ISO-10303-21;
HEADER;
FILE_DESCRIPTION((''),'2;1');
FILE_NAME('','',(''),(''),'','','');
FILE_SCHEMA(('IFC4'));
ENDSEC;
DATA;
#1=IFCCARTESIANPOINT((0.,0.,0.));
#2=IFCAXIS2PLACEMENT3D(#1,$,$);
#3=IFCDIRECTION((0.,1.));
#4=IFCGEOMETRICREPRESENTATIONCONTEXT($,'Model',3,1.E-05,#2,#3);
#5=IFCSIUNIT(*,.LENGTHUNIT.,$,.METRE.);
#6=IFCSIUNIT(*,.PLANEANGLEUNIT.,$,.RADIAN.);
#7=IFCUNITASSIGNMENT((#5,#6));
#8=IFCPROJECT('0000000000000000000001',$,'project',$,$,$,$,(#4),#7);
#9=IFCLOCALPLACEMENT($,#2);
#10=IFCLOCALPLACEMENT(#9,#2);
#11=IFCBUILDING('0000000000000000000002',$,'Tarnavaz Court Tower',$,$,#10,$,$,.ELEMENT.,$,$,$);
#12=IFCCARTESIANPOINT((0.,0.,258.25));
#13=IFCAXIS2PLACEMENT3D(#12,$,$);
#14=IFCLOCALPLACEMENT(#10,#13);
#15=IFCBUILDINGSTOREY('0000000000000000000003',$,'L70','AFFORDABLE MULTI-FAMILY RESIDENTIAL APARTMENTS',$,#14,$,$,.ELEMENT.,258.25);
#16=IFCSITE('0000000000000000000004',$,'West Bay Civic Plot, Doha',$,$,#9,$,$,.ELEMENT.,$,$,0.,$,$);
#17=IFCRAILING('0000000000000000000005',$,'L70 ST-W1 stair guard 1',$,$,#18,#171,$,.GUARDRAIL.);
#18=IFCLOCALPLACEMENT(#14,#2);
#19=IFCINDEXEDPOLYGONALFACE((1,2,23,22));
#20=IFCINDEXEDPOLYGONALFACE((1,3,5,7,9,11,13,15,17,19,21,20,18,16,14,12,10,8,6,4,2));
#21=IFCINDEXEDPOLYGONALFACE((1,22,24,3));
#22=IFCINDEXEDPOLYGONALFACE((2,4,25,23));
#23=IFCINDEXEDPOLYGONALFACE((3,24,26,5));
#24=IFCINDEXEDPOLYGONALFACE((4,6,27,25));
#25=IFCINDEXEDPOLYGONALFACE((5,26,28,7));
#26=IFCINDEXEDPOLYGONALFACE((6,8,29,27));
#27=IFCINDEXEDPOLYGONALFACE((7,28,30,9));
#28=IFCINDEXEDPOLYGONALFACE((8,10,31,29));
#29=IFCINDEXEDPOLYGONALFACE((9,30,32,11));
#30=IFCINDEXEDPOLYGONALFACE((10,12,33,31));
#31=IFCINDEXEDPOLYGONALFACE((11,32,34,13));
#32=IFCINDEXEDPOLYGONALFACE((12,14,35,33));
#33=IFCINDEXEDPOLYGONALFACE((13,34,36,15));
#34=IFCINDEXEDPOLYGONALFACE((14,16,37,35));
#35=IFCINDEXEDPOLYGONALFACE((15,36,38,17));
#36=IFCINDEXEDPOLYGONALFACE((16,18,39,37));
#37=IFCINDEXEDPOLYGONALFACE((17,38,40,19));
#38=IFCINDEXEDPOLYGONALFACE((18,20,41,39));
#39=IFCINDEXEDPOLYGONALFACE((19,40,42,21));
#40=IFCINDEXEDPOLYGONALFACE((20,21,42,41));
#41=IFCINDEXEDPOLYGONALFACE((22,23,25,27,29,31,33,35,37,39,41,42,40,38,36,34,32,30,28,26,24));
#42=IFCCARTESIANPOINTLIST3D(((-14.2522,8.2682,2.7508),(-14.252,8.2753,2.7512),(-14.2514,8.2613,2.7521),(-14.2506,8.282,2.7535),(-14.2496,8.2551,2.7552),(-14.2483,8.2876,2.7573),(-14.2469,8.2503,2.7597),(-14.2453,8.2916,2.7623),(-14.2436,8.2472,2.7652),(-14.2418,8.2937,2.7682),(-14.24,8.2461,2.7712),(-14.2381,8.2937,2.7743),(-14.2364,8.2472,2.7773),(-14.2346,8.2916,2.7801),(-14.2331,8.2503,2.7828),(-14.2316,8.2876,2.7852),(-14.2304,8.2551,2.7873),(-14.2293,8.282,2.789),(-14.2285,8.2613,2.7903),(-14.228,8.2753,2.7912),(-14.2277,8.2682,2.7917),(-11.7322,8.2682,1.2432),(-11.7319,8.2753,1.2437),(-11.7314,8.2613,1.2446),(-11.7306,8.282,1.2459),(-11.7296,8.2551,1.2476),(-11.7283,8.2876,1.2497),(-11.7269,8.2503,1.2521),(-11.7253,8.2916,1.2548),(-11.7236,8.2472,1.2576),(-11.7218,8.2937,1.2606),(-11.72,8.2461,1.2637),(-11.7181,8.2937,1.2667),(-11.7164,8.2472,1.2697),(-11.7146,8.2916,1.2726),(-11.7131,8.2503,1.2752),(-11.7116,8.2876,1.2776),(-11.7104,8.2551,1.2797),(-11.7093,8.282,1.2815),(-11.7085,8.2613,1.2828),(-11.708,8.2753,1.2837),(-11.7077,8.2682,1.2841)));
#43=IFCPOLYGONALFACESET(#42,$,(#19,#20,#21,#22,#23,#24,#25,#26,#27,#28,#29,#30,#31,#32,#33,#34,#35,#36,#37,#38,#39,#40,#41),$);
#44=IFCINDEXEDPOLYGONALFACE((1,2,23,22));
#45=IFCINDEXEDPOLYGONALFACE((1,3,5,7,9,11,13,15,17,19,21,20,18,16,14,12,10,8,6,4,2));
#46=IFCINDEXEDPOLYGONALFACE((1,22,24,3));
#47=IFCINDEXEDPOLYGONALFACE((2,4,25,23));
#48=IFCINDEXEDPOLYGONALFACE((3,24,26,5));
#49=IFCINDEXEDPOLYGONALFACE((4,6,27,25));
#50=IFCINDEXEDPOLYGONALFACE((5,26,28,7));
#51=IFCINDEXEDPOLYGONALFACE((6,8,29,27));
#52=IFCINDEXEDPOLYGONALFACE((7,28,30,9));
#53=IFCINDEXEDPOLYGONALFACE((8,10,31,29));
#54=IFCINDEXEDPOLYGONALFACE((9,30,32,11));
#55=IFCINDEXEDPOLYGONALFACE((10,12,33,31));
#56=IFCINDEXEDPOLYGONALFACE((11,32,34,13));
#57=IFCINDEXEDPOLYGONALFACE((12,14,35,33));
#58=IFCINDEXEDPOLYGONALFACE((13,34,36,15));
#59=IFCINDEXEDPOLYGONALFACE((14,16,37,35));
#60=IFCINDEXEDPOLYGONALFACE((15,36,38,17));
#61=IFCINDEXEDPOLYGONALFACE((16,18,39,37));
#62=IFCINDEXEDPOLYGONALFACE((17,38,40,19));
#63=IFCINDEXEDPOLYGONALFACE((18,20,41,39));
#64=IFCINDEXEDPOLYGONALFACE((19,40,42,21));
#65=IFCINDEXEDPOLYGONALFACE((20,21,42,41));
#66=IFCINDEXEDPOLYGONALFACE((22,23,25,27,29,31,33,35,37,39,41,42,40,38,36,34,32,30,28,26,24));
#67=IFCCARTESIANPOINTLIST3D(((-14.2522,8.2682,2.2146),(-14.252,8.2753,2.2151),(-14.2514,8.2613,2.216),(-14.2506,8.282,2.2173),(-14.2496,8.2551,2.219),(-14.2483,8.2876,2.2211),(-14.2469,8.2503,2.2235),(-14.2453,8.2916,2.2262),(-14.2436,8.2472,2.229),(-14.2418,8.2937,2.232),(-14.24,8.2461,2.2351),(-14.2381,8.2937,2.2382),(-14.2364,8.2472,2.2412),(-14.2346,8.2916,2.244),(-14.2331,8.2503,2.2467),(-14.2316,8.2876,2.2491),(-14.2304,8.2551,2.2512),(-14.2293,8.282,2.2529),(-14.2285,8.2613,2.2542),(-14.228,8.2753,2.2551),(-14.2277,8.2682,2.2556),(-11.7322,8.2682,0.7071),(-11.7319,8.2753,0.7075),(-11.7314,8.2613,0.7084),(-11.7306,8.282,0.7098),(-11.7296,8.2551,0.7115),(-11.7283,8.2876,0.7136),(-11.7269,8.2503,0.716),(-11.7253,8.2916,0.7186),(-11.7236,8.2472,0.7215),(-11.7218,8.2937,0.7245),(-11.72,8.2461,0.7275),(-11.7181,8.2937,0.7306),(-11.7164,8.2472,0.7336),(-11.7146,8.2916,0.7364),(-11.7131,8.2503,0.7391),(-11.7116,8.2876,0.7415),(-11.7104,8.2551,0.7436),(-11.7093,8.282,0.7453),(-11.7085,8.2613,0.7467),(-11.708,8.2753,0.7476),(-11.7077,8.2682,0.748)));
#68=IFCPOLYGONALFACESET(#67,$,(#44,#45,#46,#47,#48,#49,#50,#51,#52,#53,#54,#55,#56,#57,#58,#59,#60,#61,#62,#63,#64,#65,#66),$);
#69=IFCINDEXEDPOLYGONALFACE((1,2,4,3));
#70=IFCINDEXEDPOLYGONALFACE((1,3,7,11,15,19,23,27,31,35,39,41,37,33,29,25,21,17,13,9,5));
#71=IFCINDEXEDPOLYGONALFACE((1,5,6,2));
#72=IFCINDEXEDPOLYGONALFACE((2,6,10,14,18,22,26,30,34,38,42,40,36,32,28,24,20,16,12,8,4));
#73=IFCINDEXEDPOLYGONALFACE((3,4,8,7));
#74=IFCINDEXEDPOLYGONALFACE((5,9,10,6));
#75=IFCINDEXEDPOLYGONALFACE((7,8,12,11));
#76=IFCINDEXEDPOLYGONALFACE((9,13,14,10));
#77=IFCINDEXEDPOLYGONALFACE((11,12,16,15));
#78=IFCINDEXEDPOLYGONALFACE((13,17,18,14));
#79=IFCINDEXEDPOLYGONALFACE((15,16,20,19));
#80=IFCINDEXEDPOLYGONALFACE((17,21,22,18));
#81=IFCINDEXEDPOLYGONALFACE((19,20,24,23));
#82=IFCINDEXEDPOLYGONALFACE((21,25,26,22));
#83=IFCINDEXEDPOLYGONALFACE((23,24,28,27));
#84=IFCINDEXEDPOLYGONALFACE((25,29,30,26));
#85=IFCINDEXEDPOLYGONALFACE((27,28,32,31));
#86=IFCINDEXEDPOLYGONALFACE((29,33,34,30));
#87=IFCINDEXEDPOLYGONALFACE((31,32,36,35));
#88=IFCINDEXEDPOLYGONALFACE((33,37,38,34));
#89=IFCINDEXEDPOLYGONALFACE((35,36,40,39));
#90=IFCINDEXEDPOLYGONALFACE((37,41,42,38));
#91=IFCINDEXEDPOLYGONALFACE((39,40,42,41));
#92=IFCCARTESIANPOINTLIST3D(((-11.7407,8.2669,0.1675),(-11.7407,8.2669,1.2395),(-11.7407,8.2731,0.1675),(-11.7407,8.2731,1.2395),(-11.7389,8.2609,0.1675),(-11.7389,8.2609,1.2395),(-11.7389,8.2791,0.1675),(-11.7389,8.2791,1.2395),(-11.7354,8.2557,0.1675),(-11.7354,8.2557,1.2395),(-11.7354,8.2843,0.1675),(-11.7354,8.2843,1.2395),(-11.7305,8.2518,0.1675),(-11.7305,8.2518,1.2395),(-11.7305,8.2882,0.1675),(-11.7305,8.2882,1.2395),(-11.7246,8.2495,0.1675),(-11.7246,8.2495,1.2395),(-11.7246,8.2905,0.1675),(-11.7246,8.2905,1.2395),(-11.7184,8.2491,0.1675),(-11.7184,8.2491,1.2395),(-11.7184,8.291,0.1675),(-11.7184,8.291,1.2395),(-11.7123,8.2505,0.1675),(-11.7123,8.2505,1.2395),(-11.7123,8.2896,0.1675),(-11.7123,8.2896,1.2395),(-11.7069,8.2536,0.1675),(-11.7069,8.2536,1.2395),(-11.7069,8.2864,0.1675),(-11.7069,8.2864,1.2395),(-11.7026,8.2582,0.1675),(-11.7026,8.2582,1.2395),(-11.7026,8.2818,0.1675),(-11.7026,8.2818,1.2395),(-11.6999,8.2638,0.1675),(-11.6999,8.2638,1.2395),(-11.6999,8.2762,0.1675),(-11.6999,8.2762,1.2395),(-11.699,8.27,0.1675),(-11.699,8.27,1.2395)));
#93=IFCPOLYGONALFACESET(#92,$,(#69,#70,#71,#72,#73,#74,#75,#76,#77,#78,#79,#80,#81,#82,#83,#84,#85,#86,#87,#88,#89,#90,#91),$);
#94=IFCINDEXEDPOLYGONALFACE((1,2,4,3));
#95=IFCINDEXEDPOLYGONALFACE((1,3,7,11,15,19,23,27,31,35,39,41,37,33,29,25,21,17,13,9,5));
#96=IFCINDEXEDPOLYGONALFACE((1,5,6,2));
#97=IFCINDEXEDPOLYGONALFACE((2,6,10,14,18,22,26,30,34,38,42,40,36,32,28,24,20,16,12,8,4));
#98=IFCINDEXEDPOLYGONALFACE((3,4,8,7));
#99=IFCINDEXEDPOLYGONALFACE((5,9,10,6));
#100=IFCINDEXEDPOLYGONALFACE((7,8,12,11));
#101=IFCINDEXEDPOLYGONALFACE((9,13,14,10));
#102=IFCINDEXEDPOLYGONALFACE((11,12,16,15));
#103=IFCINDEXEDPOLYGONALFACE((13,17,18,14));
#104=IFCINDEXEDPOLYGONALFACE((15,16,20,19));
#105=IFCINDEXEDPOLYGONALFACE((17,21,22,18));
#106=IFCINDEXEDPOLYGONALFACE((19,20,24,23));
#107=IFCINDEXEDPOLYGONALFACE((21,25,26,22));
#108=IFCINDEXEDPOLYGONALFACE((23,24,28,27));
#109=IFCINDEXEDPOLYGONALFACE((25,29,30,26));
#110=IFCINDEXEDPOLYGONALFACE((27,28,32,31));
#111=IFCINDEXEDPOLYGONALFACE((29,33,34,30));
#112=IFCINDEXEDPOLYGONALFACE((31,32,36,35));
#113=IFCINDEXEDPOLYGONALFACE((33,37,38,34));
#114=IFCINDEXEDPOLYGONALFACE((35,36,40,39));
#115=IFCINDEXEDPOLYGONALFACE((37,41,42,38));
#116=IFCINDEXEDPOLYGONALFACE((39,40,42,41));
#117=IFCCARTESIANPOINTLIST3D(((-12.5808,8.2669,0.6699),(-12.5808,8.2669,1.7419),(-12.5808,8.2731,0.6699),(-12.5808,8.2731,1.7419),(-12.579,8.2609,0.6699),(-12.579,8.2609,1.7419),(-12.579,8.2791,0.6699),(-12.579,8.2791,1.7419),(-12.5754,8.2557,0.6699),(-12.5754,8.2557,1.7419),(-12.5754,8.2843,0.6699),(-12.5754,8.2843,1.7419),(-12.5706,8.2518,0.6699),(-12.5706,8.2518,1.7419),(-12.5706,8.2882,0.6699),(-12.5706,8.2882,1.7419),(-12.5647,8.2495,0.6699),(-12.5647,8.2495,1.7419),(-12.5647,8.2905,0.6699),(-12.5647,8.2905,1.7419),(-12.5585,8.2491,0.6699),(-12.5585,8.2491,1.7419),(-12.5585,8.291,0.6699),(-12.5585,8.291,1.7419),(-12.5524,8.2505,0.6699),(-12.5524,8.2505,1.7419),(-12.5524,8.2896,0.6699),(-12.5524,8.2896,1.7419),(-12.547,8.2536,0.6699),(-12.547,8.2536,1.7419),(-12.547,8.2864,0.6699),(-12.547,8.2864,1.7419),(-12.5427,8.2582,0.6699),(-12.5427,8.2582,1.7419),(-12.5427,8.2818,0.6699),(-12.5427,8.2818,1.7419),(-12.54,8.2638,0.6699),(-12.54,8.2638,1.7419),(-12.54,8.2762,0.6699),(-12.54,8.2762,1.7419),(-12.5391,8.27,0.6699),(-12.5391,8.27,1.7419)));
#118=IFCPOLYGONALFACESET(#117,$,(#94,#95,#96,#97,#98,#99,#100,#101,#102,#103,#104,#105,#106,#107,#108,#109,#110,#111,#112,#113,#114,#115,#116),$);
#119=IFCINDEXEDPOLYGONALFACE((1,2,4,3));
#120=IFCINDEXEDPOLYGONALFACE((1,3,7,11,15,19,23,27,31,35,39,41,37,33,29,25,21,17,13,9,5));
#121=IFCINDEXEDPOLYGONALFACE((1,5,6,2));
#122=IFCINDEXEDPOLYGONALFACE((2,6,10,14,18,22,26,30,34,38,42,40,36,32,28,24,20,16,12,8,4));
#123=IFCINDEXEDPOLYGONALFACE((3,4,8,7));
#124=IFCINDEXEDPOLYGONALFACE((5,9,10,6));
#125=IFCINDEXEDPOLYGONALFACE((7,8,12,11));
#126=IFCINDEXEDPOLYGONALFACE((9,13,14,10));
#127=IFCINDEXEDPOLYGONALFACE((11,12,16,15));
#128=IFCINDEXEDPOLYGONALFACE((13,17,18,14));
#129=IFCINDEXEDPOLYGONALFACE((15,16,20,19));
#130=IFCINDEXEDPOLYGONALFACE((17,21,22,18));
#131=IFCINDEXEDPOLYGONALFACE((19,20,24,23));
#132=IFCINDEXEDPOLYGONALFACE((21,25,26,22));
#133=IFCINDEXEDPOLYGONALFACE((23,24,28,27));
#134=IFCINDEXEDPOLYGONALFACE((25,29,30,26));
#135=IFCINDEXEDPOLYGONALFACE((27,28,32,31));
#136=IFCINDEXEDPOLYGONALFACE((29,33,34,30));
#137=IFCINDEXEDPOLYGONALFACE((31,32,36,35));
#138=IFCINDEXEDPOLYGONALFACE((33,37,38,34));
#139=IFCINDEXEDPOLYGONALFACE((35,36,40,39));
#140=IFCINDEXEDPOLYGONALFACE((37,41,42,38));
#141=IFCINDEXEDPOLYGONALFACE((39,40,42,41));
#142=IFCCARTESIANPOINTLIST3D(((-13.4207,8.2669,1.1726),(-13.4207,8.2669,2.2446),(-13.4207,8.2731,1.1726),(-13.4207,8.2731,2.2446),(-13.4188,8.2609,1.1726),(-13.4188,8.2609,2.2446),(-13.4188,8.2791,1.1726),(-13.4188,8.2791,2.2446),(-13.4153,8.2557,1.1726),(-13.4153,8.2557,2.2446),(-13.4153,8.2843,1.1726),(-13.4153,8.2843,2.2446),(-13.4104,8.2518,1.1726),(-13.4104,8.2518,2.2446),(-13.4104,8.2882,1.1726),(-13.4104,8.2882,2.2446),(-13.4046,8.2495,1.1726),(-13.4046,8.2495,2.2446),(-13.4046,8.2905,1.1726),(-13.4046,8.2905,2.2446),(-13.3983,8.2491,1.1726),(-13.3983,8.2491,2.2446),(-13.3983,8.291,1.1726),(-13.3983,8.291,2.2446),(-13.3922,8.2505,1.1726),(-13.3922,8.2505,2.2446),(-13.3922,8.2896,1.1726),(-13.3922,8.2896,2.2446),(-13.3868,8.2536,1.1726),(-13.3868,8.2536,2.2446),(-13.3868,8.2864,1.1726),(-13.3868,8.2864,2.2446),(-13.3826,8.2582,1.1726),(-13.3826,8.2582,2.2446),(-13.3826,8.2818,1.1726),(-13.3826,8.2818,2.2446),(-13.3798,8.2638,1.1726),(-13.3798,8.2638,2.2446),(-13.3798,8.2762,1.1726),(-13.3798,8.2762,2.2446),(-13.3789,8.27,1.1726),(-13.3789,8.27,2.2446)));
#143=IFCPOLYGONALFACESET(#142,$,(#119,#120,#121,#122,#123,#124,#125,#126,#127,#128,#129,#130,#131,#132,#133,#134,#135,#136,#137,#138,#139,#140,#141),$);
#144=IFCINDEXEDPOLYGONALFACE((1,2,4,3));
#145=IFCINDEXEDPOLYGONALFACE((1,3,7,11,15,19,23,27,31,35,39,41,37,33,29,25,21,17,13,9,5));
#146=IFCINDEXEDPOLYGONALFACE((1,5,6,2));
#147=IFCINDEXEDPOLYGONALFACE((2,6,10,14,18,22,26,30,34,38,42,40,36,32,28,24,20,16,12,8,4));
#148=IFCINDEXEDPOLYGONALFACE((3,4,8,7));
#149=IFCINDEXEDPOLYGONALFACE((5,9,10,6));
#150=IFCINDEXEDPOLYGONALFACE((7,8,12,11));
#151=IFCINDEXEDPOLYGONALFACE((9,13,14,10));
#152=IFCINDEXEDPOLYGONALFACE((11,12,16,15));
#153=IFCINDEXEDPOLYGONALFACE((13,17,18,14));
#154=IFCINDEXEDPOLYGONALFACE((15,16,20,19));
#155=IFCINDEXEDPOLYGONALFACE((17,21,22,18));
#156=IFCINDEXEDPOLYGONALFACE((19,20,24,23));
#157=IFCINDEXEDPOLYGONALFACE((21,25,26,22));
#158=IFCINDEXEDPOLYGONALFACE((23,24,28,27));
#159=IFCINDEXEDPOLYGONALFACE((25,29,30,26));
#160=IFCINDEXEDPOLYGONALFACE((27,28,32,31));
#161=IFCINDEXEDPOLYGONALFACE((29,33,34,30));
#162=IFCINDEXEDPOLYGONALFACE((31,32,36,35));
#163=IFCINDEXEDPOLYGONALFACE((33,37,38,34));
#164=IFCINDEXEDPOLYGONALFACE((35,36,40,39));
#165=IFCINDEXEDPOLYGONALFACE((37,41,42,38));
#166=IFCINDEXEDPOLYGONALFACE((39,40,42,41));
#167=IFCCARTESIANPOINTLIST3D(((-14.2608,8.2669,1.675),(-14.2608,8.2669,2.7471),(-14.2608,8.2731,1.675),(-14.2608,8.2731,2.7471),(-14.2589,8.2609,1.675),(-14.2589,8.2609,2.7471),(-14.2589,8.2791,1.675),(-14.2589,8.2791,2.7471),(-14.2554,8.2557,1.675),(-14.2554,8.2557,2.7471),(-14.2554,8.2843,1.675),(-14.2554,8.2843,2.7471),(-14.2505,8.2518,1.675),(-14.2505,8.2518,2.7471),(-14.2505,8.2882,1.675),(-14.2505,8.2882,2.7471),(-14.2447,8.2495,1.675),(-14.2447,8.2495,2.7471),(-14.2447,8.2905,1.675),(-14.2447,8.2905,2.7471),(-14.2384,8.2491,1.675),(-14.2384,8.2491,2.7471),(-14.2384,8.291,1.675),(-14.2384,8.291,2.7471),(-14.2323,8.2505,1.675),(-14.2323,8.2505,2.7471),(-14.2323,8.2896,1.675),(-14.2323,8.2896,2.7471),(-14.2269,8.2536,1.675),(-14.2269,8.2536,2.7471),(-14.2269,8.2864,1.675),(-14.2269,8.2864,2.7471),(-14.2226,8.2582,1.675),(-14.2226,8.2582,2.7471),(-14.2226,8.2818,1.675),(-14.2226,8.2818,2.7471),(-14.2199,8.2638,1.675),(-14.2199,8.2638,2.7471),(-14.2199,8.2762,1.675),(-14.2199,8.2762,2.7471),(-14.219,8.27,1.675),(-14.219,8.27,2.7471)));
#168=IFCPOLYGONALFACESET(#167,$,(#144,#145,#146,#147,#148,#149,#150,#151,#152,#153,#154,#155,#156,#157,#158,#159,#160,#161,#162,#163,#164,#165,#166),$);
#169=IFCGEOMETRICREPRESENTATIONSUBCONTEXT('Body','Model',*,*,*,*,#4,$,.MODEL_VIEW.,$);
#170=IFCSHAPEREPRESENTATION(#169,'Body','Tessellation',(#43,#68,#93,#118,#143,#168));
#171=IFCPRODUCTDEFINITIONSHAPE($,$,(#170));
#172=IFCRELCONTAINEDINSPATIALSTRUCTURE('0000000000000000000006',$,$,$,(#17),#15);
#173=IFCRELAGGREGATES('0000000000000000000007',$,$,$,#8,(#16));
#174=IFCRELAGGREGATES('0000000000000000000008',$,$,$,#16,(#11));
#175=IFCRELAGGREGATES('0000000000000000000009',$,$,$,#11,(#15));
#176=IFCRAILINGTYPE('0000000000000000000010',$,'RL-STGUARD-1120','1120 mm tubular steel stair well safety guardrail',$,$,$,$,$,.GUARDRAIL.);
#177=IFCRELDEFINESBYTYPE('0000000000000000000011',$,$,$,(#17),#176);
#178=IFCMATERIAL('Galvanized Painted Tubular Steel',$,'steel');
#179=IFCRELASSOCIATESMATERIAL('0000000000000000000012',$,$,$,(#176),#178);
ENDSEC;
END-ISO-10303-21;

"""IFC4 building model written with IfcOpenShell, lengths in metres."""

from ifc_helpers import new_model, si_unit, direction, frame, origin, origin_2d, place, context, subcontext, project, spatial, circle, extrude, material, type_object, element, save


model = new_model("IFC4")

# Units and contexts
model_context = context("Model", 3, precision=1e-05, world=origin(), true_north=direction((0.0, 1.0)))
body_context = subcontext(model_context, "Body", "Model", "MODEL_VIEW")
ifc_project = project(units=[si_unit("LENGTHUNIT", "METRE"), si_unit("PLANEANGLEUNIT", "RADIAN")], contexts=[model_context])

# Site, building, storey
site_placement = place(None, origin())
site = spatial("IfcSite", under=ifc_project, at=site_placement, Name="West Bay Civic Plot, Doha", CompositionType="ELEMENT", RefElevation=0.0)
building_placement = place(site_placement, origin())
building = spatial("IfcBuilding", under=site, at=building_placement, Name="Tarnavaz Court Tower", CompositionType="ELEMENT")
storey_placement = place(building_placement, frame((0.0, 0.0, 258.25)))
storey = spatial("IfcBuildingStorey", under=building, at=storey_placement, Name="L70", Description="AFFORDABLE MULTI-FAMILY RESIDENTIAL APARTMENTS", CompositionType="ELEMENT", Elevation=258.25)

# Railing
ifc_material_1 = material(Name="Galvanized Painted Tubular Steel", Category="steel")
railing_type_1 = type_object("IfcRailingType", Name="RL-STGUARD-1120", Description="1120 mm tubular steel stair well safety guardrail", PredefinedType="GUARDRAIL", material=ifc_material_1)
railing_1_placement = place(storey_placement, frame((-11.72, 8.27, 0.1675)))
element("IfcRailing", 1, at=railing_1_placement, inside=storey, type_object=railing_type_1, Name="L70 ST-W1 stair guard 1", PredefinedType="GUARDRAIL", context=body_context, shape_type="SweptSolid", body=[
    extrude(circle(Radius=0.0239, at=origin_2d()), frame((0.0, 0.0, 1.0962), z_axis=(-0.85816, 0.0, 0.513383), x_axis=(0.0, -1.0, 0.0)), (0.0, 0.0, 1.0), 2.9365),
    extrude(circle(Radius=0.0239, at=origin_2d()), frame((0.0, 0.0, 0.5601), z_axis=(-0.85816, 0.0, 0.513383), x_axis=(0.0, -1.0, 0.0)), (0.0, 0.0, 1.0), 2.9365),
    extrude(circle(Radius=0.021, at=origin_2d()), origin(), (0.0, 0.0, 1.0), 1.072),
    extrude(circle(Radius=0.021, at=origin_2d()), frame((-0.8401, 0.0, 0.5024)), (0.0, 0.0, 1.0), 1.072),
    extrude(circle(Radius=0.021, at=origin_2d()), frame((-1.6799, 0.0, 1.0051)), (0.0, 0.0, 1.0), 1.072),
    extrude(circle(Radius=0.021, at=origin_2d()), frame((-2.52, 0.0, 1.5076)), (0.0, 0.0, 1.0), 1.072),
])

save(model, "model.ifc")
